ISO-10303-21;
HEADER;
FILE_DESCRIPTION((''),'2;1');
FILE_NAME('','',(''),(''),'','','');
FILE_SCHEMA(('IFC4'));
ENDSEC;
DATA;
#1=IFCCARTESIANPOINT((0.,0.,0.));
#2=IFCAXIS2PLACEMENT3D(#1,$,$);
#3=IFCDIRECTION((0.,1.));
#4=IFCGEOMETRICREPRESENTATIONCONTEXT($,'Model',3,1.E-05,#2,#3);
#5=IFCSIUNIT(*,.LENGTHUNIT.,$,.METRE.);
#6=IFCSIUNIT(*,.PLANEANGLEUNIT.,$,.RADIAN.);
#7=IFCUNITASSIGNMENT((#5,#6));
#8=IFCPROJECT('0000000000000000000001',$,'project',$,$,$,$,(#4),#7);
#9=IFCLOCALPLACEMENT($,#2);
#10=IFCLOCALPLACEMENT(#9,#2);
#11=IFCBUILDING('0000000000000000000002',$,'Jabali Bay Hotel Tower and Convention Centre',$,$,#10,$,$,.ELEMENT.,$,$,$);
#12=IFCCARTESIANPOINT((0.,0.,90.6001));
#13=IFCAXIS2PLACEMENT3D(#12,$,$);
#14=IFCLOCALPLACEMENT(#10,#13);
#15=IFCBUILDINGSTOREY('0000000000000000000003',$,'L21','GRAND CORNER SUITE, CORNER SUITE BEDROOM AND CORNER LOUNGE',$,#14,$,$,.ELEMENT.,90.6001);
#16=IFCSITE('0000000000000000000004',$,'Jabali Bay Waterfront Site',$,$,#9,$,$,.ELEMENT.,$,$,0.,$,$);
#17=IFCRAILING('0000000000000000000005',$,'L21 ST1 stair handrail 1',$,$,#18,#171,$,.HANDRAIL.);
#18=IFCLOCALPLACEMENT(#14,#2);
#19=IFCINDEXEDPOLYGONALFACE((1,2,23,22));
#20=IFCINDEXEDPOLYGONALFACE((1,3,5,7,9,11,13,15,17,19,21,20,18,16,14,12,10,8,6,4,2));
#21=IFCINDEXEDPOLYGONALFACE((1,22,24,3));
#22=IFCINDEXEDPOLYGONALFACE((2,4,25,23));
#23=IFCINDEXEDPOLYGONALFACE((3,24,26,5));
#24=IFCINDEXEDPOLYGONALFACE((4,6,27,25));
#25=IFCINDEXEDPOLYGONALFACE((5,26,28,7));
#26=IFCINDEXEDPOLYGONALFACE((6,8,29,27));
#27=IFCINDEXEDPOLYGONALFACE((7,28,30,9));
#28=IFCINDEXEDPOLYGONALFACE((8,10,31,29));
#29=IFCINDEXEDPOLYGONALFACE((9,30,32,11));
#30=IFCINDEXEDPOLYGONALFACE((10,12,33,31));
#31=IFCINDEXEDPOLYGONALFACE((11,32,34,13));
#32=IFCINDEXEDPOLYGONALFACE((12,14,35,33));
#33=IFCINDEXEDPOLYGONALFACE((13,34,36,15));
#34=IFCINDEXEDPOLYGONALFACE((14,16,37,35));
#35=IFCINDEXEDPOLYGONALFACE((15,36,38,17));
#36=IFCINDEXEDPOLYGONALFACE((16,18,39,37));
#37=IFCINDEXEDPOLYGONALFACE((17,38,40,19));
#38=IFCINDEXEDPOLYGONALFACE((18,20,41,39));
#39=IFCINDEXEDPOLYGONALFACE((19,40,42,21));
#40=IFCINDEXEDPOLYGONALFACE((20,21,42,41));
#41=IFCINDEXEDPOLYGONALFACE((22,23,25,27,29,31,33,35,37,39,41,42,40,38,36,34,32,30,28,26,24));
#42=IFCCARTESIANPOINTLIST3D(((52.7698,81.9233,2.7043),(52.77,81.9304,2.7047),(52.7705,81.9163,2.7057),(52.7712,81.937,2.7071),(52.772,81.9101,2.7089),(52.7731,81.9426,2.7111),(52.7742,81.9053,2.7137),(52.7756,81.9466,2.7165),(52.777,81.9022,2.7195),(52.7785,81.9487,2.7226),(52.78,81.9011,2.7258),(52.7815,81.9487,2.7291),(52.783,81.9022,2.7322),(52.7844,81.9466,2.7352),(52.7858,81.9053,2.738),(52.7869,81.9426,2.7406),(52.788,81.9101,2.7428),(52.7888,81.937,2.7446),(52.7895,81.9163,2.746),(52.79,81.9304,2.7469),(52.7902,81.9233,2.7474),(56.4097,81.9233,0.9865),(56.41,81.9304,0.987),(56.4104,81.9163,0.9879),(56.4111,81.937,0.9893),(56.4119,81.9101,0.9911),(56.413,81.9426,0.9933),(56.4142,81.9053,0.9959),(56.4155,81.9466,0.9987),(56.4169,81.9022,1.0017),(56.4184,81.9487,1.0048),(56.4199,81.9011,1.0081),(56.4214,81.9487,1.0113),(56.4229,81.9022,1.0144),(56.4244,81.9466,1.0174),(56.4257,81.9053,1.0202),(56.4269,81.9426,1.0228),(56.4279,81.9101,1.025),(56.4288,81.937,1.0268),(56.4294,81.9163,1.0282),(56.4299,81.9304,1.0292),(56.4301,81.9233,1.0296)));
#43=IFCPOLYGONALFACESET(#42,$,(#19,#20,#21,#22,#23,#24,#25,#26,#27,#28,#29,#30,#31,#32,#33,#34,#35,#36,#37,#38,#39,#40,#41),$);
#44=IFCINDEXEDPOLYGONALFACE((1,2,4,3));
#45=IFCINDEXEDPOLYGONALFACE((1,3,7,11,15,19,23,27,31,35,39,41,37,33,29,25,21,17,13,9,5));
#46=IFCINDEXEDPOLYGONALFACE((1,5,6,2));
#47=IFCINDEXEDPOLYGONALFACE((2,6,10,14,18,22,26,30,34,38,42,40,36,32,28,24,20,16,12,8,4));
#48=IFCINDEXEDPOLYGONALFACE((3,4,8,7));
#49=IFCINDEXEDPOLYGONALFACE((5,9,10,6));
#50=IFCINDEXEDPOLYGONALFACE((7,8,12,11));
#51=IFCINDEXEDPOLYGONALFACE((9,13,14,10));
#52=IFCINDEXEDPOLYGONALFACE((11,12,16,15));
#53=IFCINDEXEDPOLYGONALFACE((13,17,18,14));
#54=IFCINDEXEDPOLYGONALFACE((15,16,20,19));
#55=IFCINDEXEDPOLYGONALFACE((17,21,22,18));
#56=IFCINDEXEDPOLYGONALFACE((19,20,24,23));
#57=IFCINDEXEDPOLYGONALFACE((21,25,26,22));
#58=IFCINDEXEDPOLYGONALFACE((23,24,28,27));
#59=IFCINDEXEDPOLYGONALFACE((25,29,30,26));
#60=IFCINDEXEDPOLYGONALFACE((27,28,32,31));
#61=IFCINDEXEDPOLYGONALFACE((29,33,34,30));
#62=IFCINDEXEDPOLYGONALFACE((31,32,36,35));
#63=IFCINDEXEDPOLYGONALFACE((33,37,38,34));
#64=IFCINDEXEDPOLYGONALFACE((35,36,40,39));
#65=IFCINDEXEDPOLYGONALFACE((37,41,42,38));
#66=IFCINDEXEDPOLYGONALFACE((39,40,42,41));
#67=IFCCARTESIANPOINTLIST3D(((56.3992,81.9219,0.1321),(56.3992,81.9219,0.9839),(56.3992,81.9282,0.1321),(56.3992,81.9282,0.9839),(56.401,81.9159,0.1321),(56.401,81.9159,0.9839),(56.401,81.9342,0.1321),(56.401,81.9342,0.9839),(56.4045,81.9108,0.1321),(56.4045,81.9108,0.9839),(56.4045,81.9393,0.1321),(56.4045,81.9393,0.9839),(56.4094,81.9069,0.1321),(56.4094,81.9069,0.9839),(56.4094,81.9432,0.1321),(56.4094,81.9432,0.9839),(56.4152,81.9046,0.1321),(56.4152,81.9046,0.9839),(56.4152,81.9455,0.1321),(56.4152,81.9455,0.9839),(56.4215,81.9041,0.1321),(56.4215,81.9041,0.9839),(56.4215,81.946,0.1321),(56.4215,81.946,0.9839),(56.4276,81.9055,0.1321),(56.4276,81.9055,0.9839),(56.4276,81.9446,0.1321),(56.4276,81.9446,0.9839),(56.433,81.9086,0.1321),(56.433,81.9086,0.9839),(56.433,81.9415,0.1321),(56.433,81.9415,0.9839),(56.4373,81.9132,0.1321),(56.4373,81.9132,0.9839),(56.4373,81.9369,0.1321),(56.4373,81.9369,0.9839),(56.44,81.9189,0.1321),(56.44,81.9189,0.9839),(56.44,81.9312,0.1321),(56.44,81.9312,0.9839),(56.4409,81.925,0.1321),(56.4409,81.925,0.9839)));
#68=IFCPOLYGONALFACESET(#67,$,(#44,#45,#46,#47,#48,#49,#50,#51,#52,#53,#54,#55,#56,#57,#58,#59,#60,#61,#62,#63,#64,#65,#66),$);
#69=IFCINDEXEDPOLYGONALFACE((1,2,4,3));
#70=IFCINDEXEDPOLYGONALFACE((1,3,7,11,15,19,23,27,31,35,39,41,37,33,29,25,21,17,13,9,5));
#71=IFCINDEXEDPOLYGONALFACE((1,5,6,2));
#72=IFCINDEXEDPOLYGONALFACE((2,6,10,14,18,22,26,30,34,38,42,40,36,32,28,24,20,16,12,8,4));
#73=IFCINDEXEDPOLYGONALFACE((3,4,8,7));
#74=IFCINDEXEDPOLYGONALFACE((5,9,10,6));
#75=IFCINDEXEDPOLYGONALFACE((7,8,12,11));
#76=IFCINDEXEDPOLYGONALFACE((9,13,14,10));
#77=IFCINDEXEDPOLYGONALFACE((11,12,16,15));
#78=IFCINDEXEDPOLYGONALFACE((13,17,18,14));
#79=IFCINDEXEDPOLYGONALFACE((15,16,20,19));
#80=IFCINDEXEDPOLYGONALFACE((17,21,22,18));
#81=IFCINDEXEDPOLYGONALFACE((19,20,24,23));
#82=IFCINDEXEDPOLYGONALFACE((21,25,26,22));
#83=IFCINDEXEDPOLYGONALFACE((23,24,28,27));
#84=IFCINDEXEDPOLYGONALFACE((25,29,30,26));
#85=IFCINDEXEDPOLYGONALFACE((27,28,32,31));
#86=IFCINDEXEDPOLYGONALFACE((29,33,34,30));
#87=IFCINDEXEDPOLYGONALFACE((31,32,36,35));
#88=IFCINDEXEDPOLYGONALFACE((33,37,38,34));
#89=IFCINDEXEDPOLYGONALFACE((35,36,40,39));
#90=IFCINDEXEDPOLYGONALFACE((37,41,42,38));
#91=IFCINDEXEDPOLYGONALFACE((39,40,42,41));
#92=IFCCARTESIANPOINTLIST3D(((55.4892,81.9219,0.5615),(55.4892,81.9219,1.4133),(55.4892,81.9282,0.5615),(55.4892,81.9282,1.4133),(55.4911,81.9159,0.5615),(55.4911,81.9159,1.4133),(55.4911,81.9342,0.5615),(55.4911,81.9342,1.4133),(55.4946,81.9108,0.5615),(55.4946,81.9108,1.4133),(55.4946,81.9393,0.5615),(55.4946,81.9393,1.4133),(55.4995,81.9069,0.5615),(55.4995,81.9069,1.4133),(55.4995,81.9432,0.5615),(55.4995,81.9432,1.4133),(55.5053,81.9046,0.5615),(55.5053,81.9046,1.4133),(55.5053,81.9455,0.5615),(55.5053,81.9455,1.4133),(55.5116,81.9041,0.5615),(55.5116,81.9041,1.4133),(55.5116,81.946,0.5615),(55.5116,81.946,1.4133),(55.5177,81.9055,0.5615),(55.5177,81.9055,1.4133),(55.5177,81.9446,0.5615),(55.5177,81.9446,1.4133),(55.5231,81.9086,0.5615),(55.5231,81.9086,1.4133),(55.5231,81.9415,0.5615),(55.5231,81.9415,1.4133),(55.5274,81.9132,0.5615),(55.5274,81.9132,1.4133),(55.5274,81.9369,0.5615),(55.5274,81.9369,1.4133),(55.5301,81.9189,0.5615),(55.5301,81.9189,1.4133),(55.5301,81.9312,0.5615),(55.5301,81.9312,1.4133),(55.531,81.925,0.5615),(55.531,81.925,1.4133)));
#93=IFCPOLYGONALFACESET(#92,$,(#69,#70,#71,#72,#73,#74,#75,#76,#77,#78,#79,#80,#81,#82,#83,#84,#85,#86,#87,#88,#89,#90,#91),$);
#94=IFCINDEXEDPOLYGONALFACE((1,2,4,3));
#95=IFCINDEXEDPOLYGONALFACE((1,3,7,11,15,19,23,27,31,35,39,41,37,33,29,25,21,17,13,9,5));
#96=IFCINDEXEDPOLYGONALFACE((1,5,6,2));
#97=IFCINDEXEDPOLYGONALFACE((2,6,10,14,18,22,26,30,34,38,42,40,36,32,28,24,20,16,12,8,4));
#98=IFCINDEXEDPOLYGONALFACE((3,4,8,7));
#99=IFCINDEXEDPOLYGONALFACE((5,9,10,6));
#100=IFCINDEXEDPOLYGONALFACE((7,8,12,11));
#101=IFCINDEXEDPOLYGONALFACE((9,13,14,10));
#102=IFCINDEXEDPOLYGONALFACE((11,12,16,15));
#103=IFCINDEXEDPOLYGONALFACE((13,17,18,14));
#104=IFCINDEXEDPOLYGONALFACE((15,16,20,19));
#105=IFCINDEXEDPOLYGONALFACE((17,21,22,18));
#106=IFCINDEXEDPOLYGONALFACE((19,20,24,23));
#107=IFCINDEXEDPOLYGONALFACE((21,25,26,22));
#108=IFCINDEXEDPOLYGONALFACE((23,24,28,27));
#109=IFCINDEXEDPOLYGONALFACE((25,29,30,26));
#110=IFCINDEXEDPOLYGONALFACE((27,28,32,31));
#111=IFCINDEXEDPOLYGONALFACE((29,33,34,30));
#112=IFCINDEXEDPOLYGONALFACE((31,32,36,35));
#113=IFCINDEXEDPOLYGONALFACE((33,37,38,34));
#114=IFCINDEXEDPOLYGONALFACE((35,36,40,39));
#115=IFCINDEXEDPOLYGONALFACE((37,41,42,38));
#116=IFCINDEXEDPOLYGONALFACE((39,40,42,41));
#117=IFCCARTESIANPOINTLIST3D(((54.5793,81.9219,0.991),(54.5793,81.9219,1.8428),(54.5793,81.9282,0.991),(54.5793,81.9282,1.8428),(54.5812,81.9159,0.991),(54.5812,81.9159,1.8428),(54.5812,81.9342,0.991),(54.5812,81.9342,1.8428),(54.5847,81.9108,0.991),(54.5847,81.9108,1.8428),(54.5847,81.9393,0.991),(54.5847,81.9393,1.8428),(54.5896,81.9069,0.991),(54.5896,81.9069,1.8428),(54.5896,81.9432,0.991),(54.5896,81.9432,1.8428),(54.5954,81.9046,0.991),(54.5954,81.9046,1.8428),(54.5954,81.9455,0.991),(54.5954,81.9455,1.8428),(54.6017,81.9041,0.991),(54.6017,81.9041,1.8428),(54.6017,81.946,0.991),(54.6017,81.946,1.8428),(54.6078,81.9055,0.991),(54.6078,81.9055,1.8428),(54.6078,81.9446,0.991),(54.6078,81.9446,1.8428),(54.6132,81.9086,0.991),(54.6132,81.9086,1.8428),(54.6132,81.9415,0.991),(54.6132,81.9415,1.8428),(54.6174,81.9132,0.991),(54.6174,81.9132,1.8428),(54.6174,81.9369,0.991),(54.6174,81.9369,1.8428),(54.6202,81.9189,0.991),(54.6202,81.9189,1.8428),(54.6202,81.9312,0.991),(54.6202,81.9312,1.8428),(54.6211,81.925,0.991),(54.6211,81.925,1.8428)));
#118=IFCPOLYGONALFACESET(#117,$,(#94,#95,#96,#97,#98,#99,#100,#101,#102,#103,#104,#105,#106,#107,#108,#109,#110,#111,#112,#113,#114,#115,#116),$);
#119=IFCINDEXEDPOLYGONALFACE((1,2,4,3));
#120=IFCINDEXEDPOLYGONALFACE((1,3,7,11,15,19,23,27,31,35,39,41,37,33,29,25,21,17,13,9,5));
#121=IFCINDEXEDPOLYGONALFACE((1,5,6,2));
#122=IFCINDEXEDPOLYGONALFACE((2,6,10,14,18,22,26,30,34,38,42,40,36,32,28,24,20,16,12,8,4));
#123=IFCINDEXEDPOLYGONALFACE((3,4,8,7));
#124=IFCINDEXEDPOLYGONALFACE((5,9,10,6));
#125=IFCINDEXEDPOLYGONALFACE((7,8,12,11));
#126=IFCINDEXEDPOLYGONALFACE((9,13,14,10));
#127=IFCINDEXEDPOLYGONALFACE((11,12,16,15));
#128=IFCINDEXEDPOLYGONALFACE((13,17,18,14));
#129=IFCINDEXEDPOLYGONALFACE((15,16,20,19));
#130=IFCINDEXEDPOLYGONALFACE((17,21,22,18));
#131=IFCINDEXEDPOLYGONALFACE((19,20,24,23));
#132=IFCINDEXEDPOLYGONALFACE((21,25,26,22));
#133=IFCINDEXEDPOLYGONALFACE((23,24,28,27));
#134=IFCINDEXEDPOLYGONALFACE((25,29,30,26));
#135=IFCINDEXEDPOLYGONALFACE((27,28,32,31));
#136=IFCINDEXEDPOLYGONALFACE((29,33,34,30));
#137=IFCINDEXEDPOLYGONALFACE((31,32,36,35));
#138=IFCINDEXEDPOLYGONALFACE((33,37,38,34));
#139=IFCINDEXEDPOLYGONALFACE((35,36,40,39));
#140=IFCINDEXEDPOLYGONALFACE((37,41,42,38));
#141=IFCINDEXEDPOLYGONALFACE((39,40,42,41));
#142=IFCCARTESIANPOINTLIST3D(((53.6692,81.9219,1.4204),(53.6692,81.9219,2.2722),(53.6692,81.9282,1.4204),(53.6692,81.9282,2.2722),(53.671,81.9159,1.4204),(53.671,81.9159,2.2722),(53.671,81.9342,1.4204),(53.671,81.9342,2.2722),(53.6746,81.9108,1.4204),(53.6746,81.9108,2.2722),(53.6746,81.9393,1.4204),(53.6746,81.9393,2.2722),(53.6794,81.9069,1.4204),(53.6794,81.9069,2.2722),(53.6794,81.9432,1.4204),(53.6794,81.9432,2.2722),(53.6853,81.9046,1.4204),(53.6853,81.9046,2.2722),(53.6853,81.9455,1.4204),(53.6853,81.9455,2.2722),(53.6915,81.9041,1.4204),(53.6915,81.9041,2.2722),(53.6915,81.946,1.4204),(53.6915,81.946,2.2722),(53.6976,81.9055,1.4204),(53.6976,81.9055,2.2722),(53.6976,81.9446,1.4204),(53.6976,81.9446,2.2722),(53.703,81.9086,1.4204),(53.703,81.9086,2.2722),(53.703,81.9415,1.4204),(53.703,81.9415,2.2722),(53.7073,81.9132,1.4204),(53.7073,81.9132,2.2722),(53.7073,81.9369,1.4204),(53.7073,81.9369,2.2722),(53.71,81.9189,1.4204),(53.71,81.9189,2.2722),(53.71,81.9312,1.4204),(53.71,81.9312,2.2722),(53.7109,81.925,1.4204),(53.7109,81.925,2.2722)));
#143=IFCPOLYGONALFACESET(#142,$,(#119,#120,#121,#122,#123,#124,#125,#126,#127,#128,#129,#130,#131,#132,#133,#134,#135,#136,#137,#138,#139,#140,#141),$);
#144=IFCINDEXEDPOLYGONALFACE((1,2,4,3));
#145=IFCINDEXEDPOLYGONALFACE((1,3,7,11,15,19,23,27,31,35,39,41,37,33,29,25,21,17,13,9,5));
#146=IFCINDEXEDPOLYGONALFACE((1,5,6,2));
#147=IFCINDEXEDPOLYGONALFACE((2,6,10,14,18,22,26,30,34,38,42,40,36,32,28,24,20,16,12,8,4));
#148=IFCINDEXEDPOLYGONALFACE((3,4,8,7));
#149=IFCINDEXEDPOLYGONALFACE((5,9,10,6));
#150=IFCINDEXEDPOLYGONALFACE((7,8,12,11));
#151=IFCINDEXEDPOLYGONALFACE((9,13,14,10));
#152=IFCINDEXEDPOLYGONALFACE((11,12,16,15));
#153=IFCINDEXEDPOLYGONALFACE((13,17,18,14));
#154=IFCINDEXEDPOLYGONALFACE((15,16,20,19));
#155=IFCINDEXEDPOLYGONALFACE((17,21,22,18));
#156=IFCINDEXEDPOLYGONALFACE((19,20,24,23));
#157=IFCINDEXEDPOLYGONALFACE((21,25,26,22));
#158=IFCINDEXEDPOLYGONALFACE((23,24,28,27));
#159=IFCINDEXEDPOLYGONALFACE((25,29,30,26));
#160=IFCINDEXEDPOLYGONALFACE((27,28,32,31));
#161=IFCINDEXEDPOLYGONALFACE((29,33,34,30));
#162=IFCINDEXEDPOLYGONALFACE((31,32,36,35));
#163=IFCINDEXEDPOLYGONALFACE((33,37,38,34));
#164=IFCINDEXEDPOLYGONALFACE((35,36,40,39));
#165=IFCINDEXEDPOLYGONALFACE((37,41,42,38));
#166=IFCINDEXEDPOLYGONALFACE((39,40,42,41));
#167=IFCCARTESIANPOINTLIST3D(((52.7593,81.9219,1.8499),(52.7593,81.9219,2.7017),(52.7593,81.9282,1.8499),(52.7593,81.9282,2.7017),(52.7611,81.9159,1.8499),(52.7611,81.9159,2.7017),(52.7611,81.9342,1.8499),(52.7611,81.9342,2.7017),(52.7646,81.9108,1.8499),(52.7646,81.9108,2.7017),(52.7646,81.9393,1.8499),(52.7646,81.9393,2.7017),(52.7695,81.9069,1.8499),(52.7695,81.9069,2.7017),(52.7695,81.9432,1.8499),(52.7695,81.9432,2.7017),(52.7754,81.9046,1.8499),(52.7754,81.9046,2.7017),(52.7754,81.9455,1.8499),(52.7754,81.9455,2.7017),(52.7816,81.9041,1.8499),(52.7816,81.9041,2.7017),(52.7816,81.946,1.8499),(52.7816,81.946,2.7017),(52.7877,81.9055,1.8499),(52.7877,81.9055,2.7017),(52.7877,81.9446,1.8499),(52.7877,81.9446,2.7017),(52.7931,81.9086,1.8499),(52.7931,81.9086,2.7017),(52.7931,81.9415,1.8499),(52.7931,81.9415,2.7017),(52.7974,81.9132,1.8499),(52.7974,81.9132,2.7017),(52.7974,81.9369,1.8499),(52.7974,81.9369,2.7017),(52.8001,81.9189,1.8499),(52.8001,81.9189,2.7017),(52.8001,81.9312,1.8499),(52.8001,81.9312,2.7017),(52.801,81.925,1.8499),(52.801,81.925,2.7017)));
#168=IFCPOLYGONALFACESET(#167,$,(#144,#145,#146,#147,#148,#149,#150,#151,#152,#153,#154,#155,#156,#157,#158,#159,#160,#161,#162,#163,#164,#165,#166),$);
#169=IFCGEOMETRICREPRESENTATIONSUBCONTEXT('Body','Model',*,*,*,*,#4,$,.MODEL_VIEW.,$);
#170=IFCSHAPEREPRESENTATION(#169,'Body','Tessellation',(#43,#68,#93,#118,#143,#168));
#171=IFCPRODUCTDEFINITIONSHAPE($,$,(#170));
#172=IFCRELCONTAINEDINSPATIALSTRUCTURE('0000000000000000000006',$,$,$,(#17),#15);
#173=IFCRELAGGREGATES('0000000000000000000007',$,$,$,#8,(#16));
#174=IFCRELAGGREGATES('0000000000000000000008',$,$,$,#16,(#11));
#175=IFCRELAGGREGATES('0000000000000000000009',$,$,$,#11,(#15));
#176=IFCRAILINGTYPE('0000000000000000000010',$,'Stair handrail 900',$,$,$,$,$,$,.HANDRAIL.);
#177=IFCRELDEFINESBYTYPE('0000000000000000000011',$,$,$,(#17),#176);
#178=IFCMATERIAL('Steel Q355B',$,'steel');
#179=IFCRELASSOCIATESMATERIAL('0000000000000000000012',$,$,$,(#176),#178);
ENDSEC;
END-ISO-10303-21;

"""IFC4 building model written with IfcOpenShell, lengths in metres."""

from ifc_helpers import new_model, si_unit, direction, frame, origin, origin_2d, place, context, subcontext, project, spatial, circle, extrude, material, type_object, element, save


model = new_model("IFC4")

# Units and contexts
model_context = context("Model", 3, precision=1e-05, world=origin(), true_north=direction((0.0, 1.0)))
body_context = subcontext(model_context, "Body", "Model", "MODEL_VIEW")
ifc_project = project(units=[si_unit("LENGTHUNIT", "METRE"), si_unit("PLANEANGLEUNIT", "RADIAN")], contexts=[model_context])

# Site, building, storey
site_placement = place(None, origin())
site = spatial("IfcSite", under=ifc_project, at=site_placement, Name="Jabali Bay Waterfront Site", CompositionType="ELEMENT", RefElevation=0.0)
building_placement = place(site_placement, origin())
building = spatial("IfcBuilding", under=site, at=building_placement, Name="Jabali Bay Hotel Tower and Convention Centre", CompositionType="ELEMENT")
storey_placement = place(building_placement, frame((0.0, 0.0, 90.6001)))
storey = spatial("IfcBuildingStorey", under=building, at=storey_placement, Name="L21", Description="GRAND CORNER SUITE, CORNER SUITE BEDROOM AND CORNER LOUNGE", CompositionType="ELEMENT", Elevation=90.6001)

# Railing
ifc_material_1 = material(Name="Steel Q355B", Category="steel")
railing_type_1 = type_object("IfcRailingType", Name="Stair handrail 900", PredefinedType="HANDRAIL", material=ifc_material_1)
railing_1_placement = place(storey_placement, frame((56.4199, 81.925, 0.1321)))
element("IfcRailing", 1, at=railing_1_placement, inside=storey, type_object=railing_type_1, Name="L21 ST1 stair handrail 1", PredefinedType="HANDRAIL", context=body_context, shape_type="SweptSolid", body=[
    extrude(circle(Radius=0.0239, at=origin_2d()), frame((0.0, 0.0, 0.876), z_axis=(-0.904351, 0.0, 0.42679), x_axis=(0.0, -1.0, 0.0)), (0.0, 0.0, 1.0), 4.0249),
    extrude(circle(Radius=0.021, at=origin_2d()), origin(), (0.0, 0.0, 1.0), 0.8518),
    extrude(circle(Radius=0.021, at=origin_2d()), frame((-0.9099, 0.0, 0.4294)), (0.0, 0.0, 1.0), 0.8518),
    extrude(circle(Radius=0.021, at=origin_2d()), frame((-1.8198, 0.0, 0.8589)), (0.0, 0.0, 1.0), 0.8518),
    extrude(circle(Radius=0.021, at=origin_2d()), frame((-2.73, 0.0, 1.2883)), (0.0, 0.0, 1.0), 0.8518),
    extrude(circle(Radius=0.021, at=origin_2d()), frame((-3.6399, 0.0, 1.7178)), (0.0, 0.0, 1.0), 0.8518),
])

save(model, "model.ifc")
